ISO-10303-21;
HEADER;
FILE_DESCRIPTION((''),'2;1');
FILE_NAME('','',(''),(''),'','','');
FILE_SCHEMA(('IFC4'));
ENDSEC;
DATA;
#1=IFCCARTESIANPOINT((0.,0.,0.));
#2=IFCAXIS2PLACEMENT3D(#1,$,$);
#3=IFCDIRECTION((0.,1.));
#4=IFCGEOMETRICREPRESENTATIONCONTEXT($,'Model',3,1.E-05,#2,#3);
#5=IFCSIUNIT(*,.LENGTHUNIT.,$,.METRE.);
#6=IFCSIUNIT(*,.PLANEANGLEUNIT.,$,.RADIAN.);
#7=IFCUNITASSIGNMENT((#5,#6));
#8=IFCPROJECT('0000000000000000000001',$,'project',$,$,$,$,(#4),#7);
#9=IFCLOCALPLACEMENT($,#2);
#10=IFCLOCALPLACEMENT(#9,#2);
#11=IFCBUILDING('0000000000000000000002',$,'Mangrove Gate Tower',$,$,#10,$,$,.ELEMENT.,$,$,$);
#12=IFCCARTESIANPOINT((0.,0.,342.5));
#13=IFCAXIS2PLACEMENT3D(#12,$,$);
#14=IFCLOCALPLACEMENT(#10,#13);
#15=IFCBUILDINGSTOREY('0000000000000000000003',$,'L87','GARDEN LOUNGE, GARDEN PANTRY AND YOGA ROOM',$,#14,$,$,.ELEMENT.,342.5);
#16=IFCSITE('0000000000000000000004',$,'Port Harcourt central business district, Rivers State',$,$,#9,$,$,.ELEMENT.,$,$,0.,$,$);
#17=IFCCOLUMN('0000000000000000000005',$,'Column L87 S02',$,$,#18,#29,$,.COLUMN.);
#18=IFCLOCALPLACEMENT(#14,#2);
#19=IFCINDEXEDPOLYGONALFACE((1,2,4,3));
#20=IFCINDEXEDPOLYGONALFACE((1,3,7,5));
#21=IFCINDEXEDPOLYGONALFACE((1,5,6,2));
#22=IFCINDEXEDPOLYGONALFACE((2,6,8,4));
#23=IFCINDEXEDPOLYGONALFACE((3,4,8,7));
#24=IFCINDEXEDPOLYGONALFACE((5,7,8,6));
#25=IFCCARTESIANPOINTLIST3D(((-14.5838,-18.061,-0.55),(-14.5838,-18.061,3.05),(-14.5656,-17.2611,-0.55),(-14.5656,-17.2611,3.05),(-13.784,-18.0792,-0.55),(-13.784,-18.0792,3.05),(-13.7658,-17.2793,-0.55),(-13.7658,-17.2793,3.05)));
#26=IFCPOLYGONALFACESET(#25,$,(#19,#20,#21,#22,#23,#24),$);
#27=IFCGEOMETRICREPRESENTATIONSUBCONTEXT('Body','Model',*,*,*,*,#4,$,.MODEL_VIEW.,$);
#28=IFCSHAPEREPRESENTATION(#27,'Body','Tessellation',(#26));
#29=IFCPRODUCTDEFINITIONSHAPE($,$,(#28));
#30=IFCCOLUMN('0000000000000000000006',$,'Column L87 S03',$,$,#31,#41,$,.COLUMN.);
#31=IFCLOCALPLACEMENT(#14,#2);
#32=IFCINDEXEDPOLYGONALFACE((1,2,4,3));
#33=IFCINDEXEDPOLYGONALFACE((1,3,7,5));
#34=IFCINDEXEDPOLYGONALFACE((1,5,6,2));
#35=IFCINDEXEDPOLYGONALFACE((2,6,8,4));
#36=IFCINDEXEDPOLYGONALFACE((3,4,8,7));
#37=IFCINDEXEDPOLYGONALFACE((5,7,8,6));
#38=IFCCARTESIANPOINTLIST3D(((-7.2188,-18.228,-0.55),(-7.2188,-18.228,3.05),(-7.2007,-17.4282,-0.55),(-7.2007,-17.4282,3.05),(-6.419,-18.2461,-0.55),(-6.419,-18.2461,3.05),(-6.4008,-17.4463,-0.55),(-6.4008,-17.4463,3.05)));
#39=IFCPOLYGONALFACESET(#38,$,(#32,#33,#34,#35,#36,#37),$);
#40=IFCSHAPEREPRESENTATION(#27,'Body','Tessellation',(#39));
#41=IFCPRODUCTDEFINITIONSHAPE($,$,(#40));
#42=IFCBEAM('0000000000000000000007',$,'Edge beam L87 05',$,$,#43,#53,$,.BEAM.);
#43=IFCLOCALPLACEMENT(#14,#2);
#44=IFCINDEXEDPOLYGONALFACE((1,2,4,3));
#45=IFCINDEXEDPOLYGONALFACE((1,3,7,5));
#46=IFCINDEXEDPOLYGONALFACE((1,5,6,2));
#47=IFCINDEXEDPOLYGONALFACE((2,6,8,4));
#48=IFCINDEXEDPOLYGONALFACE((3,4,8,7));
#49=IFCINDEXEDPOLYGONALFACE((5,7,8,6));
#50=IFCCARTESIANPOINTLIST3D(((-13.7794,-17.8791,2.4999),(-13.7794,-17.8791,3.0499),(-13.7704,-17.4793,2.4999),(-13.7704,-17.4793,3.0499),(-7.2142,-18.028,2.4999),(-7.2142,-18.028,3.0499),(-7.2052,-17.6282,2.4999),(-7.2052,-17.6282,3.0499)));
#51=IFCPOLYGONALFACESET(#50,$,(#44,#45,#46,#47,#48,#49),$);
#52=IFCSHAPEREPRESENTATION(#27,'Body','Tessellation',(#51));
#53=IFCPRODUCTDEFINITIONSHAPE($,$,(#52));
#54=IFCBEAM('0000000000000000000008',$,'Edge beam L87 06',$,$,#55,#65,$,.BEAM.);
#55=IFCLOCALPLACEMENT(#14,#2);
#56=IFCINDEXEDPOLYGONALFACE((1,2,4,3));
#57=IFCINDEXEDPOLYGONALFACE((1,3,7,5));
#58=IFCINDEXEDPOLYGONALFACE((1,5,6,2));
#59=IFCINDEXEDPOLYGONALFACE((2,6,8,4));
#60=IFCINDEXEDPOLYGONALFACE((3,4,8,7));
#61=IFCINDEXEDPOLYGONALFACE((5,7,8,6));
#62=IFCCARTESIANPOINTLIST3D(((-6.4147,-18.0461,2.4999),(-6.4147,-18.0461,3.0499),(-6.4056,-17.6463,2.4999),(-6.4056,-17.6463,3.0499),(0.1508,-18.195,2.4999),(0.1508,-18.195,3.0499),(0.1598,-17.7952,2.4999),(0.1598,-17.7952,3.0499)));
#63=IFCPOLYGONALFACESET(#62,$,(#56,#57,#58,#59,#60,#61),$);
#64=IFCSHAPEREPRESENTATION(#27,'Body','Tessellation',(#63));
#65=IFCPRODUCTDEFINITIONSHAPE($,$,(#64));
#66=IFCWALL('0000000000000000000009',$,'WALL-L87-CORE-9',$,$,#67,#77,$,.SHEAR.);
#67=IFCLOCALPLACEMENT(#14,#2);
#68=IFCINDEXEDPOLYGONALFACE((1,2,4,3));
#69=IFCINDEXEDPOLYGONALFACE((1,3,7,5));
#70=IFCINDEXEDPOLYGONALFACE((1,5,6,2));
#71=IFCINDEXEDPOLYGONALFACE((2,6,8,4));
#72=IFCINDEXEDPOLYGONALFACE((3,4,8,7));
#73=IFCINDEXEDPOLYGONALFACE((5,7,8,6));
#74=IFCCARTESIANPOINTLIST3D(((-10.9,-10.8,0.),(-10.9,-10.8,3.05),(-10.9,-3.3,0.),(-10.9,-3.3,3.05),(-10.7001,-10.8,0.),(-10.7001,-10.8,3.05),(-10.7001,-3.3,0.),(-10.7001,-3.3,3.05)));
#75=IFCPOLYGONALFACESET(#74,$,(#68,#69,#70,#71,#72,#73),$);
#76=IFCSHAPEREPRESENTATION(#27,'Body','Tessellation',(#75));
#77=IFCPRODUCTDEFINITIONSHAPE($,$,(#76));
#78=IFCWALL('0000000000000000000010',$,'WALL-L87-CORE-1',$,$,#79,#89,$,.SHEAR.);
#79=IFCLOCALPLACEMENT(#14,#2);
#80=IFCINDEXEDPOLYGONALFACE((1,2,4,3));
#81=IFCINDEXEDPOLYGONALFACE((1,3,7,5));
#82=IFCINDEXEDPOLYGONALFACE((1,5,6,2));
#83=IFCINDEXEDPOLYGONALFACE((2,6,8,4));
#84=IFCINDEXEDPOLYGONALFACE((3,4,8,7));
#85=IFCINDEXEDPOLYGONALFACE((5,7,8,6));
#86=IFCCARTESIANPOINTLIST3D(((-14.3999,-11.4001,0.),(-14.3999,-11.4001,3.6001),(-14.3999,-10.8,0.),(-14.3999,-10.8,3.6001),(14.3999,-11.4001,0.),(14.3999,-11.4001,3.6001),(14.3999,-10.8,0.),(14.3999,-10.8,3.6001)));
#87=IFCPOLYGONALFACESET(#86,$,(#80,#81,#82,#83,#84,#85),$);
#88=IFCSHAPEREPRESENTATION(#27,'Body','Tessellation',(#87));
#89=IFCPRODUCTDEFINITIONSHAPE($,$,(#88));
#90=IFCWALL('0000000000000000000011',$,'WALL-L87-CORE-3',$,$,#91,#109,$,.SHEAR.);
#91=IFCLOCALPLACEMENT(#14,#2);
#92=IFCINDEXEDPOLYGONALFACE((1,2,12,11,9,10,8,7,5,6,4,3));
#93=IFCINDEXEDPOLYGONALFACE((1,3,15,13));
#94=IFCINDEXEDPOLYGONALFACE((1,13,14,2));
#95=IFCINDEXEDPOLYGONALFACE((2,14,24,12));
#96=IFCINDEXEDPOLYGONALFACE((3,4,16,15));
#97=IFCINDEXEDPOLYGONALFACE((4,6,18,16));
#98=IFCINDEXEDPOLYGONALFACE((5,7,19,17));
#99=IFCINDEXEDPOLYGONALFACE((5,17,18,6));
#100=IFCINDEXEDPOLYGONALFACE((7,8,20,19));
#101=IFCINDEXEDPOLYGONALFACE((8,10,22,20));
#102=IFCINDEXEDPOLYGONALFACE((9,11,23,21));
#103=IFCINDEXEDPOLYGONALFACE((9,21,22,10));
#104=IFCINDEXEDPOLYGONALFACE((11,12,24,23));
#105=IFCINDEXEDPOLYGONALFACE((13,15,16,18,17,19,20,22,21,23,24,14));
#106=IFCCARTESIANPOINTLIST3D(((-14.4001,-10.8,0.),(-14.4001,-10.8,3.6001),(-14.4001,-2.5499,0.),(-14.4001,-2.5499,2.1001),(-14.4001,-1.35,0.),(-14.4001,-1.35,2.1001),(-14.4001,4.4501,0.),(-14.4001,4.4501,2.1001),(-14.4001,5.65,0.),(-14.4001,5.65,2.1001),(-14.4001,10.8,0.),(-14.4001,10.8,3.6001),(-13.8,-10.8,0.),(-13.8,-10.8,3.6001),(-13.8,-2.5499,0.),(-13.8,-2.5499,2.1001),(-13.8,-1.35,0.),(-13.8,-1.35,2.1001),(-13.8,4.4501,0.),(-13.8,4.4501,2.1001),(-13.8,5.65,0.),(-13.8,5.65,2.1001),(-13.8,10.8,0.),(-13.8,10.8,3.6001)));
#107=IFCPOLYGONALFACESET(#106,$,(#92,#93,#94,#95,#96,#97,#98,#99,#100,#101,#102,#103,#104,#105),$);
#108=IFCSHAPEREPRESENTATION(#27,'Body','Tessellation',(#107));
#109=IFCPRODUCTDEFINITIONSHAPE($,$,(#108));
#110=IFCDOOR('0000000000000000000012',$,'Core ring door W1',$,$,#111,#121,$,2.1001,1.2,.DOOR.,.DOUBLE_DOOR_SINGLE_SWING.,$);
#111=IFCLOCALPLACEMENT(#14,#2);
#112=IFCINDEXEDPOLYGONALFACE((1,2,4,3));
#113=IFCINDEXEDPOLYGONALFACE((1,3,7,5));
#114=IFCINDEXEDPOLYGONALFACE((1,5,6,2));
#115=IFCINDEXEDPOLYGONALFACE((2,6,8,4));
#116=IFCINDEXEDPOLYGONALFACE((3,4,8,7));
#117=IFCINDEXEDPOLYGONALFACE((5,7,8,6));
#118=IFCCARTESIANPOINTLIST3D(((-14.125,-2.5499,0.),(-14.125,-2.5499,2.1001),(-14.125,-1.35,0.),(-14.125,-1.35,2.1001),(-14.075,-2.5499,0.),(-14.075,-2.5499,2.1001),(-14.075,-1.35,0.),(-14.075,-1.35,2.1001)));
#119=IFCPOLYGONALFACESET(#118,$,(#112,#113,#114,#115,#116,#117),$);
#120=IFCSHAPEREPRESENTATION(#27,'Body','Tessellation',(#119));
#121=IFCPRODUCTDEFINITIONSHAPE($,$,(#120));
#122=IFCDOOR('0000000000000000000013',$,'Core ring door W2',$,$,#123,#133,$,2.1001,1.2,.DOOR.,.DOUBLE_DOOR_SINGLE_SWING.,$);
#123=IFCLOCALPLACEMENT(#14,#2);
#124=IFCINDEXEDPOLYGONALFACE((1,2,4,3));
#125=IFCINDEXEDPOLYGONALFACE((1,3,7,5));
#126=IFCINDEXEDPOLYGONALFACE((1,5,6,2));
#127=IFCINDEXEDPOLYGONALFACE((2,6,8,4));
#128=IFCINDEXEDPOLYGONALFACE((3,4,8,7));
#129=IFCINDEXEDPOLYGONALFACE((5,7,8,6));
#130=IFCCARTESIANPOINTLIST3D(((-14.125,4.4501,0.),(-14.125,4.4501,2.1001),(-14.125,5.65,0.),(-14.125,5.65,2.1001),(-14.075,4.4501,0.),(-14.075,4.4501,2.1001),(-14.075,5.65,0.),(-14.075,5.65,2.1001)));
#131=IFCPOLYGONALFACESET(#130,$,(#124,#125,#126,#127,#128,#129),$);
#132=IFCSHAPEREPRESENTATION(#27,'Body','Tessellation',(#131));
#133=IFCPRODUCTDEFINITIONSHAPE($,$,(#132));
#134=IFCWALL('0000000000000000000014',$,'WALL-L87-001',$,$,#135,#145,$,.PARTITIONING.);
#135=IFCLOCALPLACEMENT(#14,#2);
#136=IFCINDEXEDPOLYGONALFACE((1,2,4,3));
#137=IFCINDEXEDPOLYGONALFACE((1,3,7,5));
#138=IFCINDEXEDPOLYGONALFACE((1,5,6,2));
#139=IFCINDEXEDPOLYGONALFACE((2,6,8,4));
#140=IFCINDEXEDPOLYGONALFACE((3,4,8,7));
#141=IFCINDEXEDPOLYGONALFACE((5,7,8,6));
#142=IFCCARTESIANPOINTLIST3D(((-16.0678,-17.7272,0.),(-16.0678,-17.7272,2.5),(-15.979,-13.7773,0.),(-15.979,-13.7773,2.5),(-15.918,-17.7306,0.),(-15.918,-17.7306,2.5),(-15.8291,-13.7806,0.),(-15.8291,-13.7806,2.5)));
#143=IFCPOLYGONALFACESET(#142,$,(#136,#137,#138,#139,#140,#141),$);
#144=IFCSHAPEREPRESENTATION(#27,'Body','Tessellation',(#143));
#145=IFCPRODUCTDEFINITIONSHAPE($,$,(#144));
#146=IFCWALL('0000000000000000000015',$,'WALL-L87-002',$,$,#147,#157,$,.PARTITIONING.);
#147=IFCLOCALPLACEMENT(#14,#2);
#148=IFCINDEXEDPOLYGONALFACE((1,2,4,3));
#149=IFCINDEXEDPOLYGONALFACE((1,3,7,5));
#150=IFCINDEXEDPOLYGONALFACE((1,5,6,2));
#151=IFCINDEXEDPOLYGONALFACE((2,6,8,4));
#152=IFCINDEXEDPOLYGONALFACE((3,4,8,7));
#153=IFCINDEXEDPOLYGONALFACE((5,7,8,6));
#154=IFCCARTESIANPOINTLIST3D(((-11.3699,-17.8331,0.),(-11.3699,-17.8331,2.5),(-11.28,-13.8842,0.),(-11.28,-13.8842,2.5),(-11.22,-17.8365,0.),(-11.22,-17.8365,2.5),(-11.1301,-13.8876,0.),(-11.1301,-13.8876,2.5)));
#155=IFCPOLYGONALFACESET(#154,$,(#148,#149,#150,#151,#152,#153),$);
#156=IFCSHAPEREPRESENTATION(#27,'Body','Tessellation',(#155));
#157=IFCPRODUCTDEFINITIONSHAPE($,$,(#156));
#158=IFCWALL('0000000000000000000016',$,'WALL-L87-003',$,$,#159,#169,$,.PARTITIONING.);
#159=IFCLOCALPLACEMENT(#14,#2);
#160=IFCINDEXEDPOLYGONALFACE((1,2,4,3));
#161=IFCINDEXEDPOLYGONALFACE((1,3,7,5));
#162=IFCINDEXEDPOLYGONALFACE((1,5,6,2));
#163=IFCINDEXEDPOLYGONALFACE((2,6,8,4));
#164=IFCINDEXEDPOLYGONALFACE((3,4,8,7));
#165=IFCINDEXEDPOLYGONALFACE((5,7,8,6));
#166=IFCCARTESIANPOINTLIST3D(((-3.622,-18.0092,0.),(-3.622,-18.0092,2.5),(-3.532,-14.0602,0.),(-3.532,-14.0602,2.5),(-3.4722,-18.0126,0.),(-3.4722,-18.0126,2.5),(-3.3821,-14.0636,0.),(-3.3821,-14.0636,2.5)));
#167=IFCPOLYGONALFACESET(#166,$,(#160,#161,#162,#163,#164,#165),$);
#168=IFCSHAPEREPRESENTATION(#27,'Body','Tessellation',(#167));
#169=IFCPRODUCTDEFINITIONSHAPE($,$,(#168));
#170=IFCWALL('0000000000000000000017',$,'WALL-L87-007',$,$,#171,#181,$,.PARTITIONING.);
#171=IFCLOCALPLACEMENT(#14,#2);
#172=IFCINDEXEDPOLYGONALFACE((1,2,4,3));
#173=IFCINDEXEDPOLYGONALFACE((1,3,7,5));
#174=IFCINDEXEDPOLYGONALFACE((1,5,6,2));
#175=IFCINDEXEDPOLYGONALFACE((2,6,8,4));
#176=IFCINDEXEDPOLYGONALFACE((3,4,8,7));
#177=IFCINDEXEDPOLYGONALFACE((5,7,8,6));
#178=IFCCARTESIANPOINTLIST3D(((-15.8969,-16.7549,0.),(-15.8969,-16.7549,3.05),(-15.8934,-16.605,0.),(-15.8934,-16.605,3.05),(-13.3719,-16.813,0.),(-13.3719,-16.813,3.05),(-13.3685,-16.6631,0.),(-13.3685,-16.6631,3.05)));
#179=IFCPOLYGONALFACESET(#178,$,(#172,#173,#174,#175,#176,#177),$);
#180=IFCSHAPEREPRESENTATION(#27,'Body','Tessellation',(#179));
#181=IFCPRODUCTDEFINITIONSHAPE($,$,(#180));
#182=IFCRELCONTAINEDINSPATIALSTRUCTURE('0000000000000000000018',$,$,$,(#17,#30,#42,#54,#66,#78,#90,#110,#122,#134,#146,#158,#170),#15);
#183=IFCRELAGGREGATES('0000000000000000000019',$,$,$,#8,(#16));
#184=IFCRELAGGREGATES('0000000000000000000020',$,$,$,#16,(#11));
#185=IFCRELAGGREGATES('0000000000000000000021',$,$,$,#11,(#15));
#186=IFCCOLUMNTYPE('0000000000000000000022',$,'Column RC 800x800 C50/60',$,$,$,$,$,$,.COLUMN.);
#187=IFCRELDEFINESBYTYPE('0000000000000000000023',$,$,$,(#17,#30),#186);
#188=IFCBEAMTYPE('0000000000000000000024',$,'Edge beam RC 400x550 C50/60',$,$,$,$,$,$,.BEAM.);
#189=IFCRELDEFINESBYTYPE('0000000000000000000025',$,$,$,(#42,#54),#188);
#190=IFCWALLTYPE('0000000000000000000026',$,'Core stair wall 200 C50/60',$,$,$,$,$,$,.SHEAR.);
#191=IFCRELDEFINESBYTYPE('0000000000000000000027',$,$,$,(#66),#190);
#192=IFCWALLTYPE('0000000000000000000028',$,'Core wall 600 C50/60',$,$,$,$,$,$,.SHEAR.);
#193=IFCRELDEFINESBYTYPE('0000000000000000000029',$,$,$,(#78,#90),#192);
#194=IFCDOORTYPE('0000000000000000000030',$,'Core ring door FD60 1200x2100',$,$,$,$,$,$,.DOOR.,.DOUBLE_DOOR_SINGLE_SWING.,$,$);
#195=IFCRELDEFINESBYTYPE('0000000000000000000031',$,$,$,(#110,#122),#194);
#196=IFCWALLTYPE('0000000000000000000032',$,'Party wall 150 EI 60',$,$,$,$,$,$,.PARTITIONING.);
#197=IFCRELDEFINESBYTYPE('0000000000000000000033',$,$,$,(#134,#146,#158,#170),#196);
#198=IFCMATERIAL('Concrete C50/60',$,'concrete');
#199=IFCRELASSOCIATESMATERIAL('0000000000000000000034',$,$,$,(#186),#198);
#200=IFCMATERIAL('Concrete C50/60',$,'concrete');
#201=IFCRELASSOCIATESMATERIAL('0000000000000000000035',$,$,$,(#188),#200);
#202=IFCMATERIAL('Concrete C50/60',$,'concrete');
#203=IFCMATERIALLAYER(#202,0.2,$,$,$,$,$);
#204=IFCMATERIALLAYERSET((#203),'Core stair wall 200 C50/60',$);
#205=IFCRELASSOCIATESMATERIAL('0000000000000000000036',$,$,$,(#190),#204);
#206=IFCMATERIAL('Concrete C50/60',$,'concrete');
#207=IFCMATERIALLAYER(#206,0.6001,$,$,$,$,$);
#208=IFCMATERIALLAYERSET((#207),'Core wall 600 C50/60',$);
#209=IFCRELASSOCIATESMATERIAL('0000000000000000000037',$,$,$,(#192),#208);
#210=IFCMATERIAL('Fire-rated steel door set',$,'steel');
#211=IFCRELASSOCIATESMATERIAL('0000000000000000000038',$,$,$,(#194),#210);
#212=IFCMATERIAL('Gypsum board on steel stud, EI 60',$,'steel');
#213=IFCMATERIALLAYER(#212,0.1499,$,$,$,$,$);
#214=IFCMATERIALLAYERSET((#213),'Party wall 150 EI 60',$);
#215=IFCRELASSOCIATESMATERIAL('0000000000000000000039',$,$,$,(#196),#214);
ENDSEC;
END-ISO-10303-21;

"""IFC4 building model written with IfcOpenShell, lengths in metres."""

from ifc_helpers import new_model, si_unit, direction, frame, frame_2d, origin, origin_2d, place, context, subcontext, project, spatial, rectangle, extrude, material, layer, layer_set, material_profile, profile_set, type_object, element, fill, save


model = new_model("IFC4")

# Units and contexts
model_context = context("Model", 3, precision=1e-05, world=origin(), true_north=direction((0.0, 1.0)))
body_context = subcontext(model_context, "Body", "Model", "MODEL_VIEW")
ifc_project = project(units=[si_unit("LENGTHUNIT", "METRE"), si_unit("PLANEANGLEUNIT", "RADIAN")], contexts=[model_context])

# Site, building, storey
site_placement = place(None, origin())
site = spatial("IfcSite", under=ifc_project, at=site_placement, Name="Port Harcourt central business district, Rivers State", CompositionType="ELEMENT", RefElevation=0.0)
building_placement = place(site_placement, origin())
building = spatial("IfcBuilding", under=site, at=building_placement, Name="Mangrove Gate Tower", CompositionType="ELEMENT")
storey_placement = place(building_placement, frame((0.0, 0.0, 342.5)))
storey = spatial("IfcBuildingStorey", under=building, at=storey_placement, Name="L87", Description="GARDEN LOUNGE, GARDEN PANTRY AND YOGA ROOM", CompositionType="ELEMENT", Elevation=342.5)

# Columns
ifc_material_1 = material(Name="Concrete C50/60", Category="concrete")
ifc_material_profile_1 = material_profile(ifc_material_1, rectangle(XDim=0.8, YDim=0.8, at=origin_2d()))
ifc_profile_set_1 = profile_set([ifc_material_profile_1], Name="Concrete C50/60")
column_type = type_object("IfcColumnType", Name="Column RC 800x800 C50/60", PredefinedType="COLUMN", material=ifc_profile_set_1)
for number, where, z_axis, x_axis, name in (
    (1, (-14.1748, -17.6702, -0.55), (0.0, 0.0, 1.0), (0.999741, -0.022737, 0.0), "Column L87 S02"),
    (2, (-6.8098, -17.8372, -0.55), (0.0, 0.0, 1.0), (0.999743, -0.022669, 0.0), "Column L87 S03"),
):
    element("IfcColumn", number, at=place(storey_placement, frame(where, z_axis=z_axis, x_axis=x_axis)), inside=storey, type_object=column_type, Name=name, PredefinedType="COLUMN", context=body_context, shape_type="SweptSolid", body=[
        extrude(rectangle(XDim=0.8, YDim=0.8, at=origin_2d()), origin(), (0.0, 0.0, 1.0), 3.6001),
    ])

# Beams
ifc_material_2 = material(Name="Concrete C50/60", Category="concrete")
ifc_material_profile_2 = material_profile(ifc_material_2, rectangle(XDim=0.3999, YDim=0.55, at=origin_2d()))
ifc_profile_set_2 = profile_set([ifc_material_profile_2], Name="Concrete C50/60")
beam_type = type_object("IfcBeamType", Name="Edge beam RC 400x550 C50/60", PredefinedType="BEAM", material=ifc_profile_set_2)
beam_1_placement = place(storey_placement, frame((-13.7749, -17.6792, 2.7749), z_axis=(0.999743, -0.022678, 0.0), x_axis=(0.022678, 0.999743, 0.0)))
element("IfcBeam", 3, at=beam_1_placement, inside=storey, type_object=beam_type, Name="Edge beam L87 05", PredefinedType="BEAM", context=body_context, shape_type="SweptSolid", body=[
    extrude(rectangle(XDim=0.3999, YDim=0.55, at=origin_2d()), origin(), (0.0, 0.0, 1.0), 6.5669),
])
beam_2_placement = place(storey_placement, frame((-6.4102, -17.8462, 2.7749), z_axis=(0.999743, -0.022677, 0.0), x_axis=(0.022677, 0.999743, 0.0)))
element("IfcBeam", 4, at=beam_2_placement, inside=storey, type_object=beam_type, Name="Edge beam L87 06", PredefinedType="BEAM", context=body_context, shape_type="SweptSolid", body=[
    extrude(rectangle(XDim=0.3999, YDim=0.55, at=origin_2d()), origin(), (0.0, 0.0, 1.0), 6.5671),
])

# Walls
ifc_material_3 = material(Name="Concrete C50/60", Category="concrete")
ifc_layer_1 = layer(ifc_material_3, 0.2)
ifc_layer_set_1 = layer_set([ifc_layer_1], Name="Core stair wall 200 C50/60")
wall_type_1 = type_object("IfcWallType", Name="Core stair wall 200 C50/60", PredefinedType="SHEAR", material=ifc_layer_set_1)
wall_1_placement = place(storey_placement, frame((-10.8, -10.8, 0.0), z_axis=(0.0, 0.0, 1.0), x_axis=(0.0, 1.0, 0.0)))
element("IfcWall", 5, at=wall_1_placement, inside=storey, type_object=wall_type_1, Name="WALL-L87-CORE-9", PredefinedType="SHEAR", context=body_context, shape_type="SweptSolid", body=[
    extrude(rectangle(XDim=7.5, YDim=0.2, at=frame_2d((3.75, 0.0))), origin(), (0.0, 0.0, 1.0), 3.05),
])
ifc_material_4 = material(Name="Concrete C50/60", Category="concrete")
ifc_layer_2 = layer(ifc_material_4, 0.6001)
ifc_layer_set_2 = layer_set([ifc_layer_2], Name="Core wall 600 C50/60")
wall_type_2 = type_object("IfcWallType", Name="Core wall 600 C50/60", PredefinedType="SHEAR", material=ifc_layer_set_2)
wall_2_placement = place(storey_placement, frame((-14.3999, -11.1001, 0.0), z_axis=(0.0, 0.0, 1.0), x_axis=(1.0, 0.0, 0.0)))
element("IfcWall", 6, at=wall_2_placement, inside=storey, type_object=wall_type_2, Name="WALL-L87-CORE-1", PredefinedType="SHEAR", context=body_context, shape_type="SweptSolid", body=[
    extrude(rectangle(XDim=28.7998, YDim=0.6001, at=frame_2d((14.3999, 0.0))), origin(), (0.0, 0.0, 1.0), 3.6001),
])

# Wall, openings, doors
wall_3_placement = place(storey_placement, frame((-14.1001, -10.8, 0.0), z_axis=(0.0, 0.0, 1.0), x_axis=(0.0, 1.0, 0.0)))
wall_3 = element("IfcWall", 7, at=wall_3_placement, inside=storey, type_object=wall_type_2, Name="WALL-L87-CORE-3", PredefinedType="SHEAR", context=body_context, shape_type="SweptSolid", body=[
    extrude(rectangle(XDim=21.6001, YDim=0.6001, at=frame_2d((10.8, 0.0))), origin(), (0.0, 0.0, 1.0), 3.6001),
])
opening_1_placement = place(wall_3_placement, frame((8.25, 0.0, 0.0)))
opening_1 = element("IfcOpeningElement", 8, at=opening_1_placement, cuts=wall_3, PredefinedType="OPENING", context=body_context, shape_type="SweptSolid", body=[
    extrude(rectangle(XDim=1.2, YDim=2.1001, at=frame_2d((0.6001, 1.05))), frame((0.0, 0.3101, 0.0), z_axis=(0.0, -1.0, 0.0), x_axis=(1.0, 0.0, 0.0)), (0.0, 0.0, 1.0), 0.6201),
])
opening_2_placement = place(wall_3_placement, frame((15.25, 0.0, 0.0)))
opening_2 = element("IfcOpeningElement", 9, at=opening_2_placement, cuts=wall_3, PredefinedType="OPENING", context=body_context, shape_type="SweptSolid", body=[
    extrude(rectangle(XDim=1.2, YDim=2.1001, at=frame_2d((0.6001, 1.05))), frame((0.0, 0.3101, 0.0), z_axis=(0.0, -1.0, 0.0), x_axis=(1.0, 0.0, 0.0)), (0.0, 0.0, 1.0), 0.6201),
])
ifc_material_5 = material(Name="Fire-rated steel door set", Category="steel")
door_type = type_object("IfcDoorType", Name="Core ring door FD60 1200x2100", OperationType="DOUBLE_DOOR_SINGLE_SWING", PredefinedType="DOOR", material=ifc_material_5)
door_1_placement = place(opening_1_placement, origin())
door_1 = element("IfcDoor", 10, at=door_1_placement, inside=storey, type_object=door_type, Name="Core ring door W1", OperationType="DOUBLE_DOOR_SINGLE_SWING", OverallHeight=2.1001, OverallWidth=1.2, PredefinedType="DOOR", context=body_context, shape_type="SweptSolid", body=[
    extrude(rectangle(XDim=1.2, YDim=2.1001, at=frame_2d((0.6001, 1.05))), frame((0.0, 0.0249, 0.0), z_axis=(0.0, -1.0, 0.0), x_axis=(1.0, 0.0, 0.0)), (0.0, 0.0, 1.0), 0.05),
])
fill(opening_1, door_1)
door_2_placement = place(opening_2_placement, origin())
door_2 = element("IfcDoor", 11, at=door_2_placement, inside=storey, type_object=door_type, Name="Core ring door W2", OperationType="DOUBLE_DOOR_SINGLE_SWING", OverallHeight=2.1001, OverallWidth=1.2, PredefinedType="DOOR", context=body_context, shape_type="SweptSolid", body=[
    extrude(rectangle(XDim=1.2, YDim=2.1001, at=frame_2d((0.6001, 1.05))), frame((0.0, 0.0249, 0.0), z_axis=(0.0, -1.0, 0.0), x_axis=(1.0, 0.0, 0.0)), (0.0, 0.0, 1.0), 0.05),
])
fill(opening_2, door_2)

# Walls
ifc_material_6 = material(Name="Gypsum board on steel stud, EI 60", Category="steel")
ifc_layer_3 = layer(ifc_material_6, 0.1499)
ifc_layer_set_3 = layer_set([ifc_layer_3], Name="Party wall 150 EI 60")
wall_type_3 = type_object("IfcWallType", Name="Party wall 150 EI 60", PredefinedType="PARTITIONING", material=ifc_layer_set_3)
wall_4_placement = place(storey_placement, frame((-15.9929, -17.729, 0.0), z_axis=(0.0, 0.0, 1.0), x_axis=(0.022493, 0.999747, 0.0)))
element("IfcWall", 12, at=wall_4_placement, inside=storey, type_object=wall_type_3, Name="WALL-L87-001", PredefinedType="PARTITIONING", context=body_context, shape_type="SweptSolid", body=[
    extrude(rectangle(XDim=3.9509, YDim=0.1499, at=frame_2d((1.9756, 0.0))), origin(), (0.0, 0.0, 1.0), 2.5),
])
for number, where, z_axis, x_axis, name in (
    (13, (-11.2949, -17.835, 0.0), (0.0, 0.0, 1.0), (0.022745, 0.999741, 0.0), "WALL-L87-002"),
    (14, (-3.5471, -18.011, 0.0), (0.0, 0.0, 1.0), (0.022807, 0.99974, 0.0), "WALL-L87-003"),
):
    element("IfcWall", number, at=place(storey_placement, frame(where, z_axis=z_axis, x_axis=x_axis)), inside=storey, type_object=wall_type_3, Name=name, PredefinedType="PARTITIONING", context=body_context, shape_type="SweptSolid", body=[
        extrude(rectangle(XDim=3.95, YDim=0.1499, at=frame_2d((1.9751, 0.0))), origin(), (0.0, 0.0, 1.0), 2.5),
    ])
wall_5_placement = place(storey_placement, frame((-15.895, -16.6799, 0.0), z_axis=(0.0, 0.0, 1.0), x_axis=(0.999735, -0.023007, 0.0)))
element("IfcWall", 15, at=wall_5_placement, inside=storey, type_object=wall_type_3, Name="WALL-L87-007", PredefinedType="PARTITIONING", context=body_context, shape_type="SweptSolid", body=[
    extrude(rectangle(XDim=2.5256, YDim=0.1499, at=frame_2d((1.2627, 0.0))), origin(), (0.0, 0.0, 1.0), 3.05),
])

save(model, "model.ifc")
